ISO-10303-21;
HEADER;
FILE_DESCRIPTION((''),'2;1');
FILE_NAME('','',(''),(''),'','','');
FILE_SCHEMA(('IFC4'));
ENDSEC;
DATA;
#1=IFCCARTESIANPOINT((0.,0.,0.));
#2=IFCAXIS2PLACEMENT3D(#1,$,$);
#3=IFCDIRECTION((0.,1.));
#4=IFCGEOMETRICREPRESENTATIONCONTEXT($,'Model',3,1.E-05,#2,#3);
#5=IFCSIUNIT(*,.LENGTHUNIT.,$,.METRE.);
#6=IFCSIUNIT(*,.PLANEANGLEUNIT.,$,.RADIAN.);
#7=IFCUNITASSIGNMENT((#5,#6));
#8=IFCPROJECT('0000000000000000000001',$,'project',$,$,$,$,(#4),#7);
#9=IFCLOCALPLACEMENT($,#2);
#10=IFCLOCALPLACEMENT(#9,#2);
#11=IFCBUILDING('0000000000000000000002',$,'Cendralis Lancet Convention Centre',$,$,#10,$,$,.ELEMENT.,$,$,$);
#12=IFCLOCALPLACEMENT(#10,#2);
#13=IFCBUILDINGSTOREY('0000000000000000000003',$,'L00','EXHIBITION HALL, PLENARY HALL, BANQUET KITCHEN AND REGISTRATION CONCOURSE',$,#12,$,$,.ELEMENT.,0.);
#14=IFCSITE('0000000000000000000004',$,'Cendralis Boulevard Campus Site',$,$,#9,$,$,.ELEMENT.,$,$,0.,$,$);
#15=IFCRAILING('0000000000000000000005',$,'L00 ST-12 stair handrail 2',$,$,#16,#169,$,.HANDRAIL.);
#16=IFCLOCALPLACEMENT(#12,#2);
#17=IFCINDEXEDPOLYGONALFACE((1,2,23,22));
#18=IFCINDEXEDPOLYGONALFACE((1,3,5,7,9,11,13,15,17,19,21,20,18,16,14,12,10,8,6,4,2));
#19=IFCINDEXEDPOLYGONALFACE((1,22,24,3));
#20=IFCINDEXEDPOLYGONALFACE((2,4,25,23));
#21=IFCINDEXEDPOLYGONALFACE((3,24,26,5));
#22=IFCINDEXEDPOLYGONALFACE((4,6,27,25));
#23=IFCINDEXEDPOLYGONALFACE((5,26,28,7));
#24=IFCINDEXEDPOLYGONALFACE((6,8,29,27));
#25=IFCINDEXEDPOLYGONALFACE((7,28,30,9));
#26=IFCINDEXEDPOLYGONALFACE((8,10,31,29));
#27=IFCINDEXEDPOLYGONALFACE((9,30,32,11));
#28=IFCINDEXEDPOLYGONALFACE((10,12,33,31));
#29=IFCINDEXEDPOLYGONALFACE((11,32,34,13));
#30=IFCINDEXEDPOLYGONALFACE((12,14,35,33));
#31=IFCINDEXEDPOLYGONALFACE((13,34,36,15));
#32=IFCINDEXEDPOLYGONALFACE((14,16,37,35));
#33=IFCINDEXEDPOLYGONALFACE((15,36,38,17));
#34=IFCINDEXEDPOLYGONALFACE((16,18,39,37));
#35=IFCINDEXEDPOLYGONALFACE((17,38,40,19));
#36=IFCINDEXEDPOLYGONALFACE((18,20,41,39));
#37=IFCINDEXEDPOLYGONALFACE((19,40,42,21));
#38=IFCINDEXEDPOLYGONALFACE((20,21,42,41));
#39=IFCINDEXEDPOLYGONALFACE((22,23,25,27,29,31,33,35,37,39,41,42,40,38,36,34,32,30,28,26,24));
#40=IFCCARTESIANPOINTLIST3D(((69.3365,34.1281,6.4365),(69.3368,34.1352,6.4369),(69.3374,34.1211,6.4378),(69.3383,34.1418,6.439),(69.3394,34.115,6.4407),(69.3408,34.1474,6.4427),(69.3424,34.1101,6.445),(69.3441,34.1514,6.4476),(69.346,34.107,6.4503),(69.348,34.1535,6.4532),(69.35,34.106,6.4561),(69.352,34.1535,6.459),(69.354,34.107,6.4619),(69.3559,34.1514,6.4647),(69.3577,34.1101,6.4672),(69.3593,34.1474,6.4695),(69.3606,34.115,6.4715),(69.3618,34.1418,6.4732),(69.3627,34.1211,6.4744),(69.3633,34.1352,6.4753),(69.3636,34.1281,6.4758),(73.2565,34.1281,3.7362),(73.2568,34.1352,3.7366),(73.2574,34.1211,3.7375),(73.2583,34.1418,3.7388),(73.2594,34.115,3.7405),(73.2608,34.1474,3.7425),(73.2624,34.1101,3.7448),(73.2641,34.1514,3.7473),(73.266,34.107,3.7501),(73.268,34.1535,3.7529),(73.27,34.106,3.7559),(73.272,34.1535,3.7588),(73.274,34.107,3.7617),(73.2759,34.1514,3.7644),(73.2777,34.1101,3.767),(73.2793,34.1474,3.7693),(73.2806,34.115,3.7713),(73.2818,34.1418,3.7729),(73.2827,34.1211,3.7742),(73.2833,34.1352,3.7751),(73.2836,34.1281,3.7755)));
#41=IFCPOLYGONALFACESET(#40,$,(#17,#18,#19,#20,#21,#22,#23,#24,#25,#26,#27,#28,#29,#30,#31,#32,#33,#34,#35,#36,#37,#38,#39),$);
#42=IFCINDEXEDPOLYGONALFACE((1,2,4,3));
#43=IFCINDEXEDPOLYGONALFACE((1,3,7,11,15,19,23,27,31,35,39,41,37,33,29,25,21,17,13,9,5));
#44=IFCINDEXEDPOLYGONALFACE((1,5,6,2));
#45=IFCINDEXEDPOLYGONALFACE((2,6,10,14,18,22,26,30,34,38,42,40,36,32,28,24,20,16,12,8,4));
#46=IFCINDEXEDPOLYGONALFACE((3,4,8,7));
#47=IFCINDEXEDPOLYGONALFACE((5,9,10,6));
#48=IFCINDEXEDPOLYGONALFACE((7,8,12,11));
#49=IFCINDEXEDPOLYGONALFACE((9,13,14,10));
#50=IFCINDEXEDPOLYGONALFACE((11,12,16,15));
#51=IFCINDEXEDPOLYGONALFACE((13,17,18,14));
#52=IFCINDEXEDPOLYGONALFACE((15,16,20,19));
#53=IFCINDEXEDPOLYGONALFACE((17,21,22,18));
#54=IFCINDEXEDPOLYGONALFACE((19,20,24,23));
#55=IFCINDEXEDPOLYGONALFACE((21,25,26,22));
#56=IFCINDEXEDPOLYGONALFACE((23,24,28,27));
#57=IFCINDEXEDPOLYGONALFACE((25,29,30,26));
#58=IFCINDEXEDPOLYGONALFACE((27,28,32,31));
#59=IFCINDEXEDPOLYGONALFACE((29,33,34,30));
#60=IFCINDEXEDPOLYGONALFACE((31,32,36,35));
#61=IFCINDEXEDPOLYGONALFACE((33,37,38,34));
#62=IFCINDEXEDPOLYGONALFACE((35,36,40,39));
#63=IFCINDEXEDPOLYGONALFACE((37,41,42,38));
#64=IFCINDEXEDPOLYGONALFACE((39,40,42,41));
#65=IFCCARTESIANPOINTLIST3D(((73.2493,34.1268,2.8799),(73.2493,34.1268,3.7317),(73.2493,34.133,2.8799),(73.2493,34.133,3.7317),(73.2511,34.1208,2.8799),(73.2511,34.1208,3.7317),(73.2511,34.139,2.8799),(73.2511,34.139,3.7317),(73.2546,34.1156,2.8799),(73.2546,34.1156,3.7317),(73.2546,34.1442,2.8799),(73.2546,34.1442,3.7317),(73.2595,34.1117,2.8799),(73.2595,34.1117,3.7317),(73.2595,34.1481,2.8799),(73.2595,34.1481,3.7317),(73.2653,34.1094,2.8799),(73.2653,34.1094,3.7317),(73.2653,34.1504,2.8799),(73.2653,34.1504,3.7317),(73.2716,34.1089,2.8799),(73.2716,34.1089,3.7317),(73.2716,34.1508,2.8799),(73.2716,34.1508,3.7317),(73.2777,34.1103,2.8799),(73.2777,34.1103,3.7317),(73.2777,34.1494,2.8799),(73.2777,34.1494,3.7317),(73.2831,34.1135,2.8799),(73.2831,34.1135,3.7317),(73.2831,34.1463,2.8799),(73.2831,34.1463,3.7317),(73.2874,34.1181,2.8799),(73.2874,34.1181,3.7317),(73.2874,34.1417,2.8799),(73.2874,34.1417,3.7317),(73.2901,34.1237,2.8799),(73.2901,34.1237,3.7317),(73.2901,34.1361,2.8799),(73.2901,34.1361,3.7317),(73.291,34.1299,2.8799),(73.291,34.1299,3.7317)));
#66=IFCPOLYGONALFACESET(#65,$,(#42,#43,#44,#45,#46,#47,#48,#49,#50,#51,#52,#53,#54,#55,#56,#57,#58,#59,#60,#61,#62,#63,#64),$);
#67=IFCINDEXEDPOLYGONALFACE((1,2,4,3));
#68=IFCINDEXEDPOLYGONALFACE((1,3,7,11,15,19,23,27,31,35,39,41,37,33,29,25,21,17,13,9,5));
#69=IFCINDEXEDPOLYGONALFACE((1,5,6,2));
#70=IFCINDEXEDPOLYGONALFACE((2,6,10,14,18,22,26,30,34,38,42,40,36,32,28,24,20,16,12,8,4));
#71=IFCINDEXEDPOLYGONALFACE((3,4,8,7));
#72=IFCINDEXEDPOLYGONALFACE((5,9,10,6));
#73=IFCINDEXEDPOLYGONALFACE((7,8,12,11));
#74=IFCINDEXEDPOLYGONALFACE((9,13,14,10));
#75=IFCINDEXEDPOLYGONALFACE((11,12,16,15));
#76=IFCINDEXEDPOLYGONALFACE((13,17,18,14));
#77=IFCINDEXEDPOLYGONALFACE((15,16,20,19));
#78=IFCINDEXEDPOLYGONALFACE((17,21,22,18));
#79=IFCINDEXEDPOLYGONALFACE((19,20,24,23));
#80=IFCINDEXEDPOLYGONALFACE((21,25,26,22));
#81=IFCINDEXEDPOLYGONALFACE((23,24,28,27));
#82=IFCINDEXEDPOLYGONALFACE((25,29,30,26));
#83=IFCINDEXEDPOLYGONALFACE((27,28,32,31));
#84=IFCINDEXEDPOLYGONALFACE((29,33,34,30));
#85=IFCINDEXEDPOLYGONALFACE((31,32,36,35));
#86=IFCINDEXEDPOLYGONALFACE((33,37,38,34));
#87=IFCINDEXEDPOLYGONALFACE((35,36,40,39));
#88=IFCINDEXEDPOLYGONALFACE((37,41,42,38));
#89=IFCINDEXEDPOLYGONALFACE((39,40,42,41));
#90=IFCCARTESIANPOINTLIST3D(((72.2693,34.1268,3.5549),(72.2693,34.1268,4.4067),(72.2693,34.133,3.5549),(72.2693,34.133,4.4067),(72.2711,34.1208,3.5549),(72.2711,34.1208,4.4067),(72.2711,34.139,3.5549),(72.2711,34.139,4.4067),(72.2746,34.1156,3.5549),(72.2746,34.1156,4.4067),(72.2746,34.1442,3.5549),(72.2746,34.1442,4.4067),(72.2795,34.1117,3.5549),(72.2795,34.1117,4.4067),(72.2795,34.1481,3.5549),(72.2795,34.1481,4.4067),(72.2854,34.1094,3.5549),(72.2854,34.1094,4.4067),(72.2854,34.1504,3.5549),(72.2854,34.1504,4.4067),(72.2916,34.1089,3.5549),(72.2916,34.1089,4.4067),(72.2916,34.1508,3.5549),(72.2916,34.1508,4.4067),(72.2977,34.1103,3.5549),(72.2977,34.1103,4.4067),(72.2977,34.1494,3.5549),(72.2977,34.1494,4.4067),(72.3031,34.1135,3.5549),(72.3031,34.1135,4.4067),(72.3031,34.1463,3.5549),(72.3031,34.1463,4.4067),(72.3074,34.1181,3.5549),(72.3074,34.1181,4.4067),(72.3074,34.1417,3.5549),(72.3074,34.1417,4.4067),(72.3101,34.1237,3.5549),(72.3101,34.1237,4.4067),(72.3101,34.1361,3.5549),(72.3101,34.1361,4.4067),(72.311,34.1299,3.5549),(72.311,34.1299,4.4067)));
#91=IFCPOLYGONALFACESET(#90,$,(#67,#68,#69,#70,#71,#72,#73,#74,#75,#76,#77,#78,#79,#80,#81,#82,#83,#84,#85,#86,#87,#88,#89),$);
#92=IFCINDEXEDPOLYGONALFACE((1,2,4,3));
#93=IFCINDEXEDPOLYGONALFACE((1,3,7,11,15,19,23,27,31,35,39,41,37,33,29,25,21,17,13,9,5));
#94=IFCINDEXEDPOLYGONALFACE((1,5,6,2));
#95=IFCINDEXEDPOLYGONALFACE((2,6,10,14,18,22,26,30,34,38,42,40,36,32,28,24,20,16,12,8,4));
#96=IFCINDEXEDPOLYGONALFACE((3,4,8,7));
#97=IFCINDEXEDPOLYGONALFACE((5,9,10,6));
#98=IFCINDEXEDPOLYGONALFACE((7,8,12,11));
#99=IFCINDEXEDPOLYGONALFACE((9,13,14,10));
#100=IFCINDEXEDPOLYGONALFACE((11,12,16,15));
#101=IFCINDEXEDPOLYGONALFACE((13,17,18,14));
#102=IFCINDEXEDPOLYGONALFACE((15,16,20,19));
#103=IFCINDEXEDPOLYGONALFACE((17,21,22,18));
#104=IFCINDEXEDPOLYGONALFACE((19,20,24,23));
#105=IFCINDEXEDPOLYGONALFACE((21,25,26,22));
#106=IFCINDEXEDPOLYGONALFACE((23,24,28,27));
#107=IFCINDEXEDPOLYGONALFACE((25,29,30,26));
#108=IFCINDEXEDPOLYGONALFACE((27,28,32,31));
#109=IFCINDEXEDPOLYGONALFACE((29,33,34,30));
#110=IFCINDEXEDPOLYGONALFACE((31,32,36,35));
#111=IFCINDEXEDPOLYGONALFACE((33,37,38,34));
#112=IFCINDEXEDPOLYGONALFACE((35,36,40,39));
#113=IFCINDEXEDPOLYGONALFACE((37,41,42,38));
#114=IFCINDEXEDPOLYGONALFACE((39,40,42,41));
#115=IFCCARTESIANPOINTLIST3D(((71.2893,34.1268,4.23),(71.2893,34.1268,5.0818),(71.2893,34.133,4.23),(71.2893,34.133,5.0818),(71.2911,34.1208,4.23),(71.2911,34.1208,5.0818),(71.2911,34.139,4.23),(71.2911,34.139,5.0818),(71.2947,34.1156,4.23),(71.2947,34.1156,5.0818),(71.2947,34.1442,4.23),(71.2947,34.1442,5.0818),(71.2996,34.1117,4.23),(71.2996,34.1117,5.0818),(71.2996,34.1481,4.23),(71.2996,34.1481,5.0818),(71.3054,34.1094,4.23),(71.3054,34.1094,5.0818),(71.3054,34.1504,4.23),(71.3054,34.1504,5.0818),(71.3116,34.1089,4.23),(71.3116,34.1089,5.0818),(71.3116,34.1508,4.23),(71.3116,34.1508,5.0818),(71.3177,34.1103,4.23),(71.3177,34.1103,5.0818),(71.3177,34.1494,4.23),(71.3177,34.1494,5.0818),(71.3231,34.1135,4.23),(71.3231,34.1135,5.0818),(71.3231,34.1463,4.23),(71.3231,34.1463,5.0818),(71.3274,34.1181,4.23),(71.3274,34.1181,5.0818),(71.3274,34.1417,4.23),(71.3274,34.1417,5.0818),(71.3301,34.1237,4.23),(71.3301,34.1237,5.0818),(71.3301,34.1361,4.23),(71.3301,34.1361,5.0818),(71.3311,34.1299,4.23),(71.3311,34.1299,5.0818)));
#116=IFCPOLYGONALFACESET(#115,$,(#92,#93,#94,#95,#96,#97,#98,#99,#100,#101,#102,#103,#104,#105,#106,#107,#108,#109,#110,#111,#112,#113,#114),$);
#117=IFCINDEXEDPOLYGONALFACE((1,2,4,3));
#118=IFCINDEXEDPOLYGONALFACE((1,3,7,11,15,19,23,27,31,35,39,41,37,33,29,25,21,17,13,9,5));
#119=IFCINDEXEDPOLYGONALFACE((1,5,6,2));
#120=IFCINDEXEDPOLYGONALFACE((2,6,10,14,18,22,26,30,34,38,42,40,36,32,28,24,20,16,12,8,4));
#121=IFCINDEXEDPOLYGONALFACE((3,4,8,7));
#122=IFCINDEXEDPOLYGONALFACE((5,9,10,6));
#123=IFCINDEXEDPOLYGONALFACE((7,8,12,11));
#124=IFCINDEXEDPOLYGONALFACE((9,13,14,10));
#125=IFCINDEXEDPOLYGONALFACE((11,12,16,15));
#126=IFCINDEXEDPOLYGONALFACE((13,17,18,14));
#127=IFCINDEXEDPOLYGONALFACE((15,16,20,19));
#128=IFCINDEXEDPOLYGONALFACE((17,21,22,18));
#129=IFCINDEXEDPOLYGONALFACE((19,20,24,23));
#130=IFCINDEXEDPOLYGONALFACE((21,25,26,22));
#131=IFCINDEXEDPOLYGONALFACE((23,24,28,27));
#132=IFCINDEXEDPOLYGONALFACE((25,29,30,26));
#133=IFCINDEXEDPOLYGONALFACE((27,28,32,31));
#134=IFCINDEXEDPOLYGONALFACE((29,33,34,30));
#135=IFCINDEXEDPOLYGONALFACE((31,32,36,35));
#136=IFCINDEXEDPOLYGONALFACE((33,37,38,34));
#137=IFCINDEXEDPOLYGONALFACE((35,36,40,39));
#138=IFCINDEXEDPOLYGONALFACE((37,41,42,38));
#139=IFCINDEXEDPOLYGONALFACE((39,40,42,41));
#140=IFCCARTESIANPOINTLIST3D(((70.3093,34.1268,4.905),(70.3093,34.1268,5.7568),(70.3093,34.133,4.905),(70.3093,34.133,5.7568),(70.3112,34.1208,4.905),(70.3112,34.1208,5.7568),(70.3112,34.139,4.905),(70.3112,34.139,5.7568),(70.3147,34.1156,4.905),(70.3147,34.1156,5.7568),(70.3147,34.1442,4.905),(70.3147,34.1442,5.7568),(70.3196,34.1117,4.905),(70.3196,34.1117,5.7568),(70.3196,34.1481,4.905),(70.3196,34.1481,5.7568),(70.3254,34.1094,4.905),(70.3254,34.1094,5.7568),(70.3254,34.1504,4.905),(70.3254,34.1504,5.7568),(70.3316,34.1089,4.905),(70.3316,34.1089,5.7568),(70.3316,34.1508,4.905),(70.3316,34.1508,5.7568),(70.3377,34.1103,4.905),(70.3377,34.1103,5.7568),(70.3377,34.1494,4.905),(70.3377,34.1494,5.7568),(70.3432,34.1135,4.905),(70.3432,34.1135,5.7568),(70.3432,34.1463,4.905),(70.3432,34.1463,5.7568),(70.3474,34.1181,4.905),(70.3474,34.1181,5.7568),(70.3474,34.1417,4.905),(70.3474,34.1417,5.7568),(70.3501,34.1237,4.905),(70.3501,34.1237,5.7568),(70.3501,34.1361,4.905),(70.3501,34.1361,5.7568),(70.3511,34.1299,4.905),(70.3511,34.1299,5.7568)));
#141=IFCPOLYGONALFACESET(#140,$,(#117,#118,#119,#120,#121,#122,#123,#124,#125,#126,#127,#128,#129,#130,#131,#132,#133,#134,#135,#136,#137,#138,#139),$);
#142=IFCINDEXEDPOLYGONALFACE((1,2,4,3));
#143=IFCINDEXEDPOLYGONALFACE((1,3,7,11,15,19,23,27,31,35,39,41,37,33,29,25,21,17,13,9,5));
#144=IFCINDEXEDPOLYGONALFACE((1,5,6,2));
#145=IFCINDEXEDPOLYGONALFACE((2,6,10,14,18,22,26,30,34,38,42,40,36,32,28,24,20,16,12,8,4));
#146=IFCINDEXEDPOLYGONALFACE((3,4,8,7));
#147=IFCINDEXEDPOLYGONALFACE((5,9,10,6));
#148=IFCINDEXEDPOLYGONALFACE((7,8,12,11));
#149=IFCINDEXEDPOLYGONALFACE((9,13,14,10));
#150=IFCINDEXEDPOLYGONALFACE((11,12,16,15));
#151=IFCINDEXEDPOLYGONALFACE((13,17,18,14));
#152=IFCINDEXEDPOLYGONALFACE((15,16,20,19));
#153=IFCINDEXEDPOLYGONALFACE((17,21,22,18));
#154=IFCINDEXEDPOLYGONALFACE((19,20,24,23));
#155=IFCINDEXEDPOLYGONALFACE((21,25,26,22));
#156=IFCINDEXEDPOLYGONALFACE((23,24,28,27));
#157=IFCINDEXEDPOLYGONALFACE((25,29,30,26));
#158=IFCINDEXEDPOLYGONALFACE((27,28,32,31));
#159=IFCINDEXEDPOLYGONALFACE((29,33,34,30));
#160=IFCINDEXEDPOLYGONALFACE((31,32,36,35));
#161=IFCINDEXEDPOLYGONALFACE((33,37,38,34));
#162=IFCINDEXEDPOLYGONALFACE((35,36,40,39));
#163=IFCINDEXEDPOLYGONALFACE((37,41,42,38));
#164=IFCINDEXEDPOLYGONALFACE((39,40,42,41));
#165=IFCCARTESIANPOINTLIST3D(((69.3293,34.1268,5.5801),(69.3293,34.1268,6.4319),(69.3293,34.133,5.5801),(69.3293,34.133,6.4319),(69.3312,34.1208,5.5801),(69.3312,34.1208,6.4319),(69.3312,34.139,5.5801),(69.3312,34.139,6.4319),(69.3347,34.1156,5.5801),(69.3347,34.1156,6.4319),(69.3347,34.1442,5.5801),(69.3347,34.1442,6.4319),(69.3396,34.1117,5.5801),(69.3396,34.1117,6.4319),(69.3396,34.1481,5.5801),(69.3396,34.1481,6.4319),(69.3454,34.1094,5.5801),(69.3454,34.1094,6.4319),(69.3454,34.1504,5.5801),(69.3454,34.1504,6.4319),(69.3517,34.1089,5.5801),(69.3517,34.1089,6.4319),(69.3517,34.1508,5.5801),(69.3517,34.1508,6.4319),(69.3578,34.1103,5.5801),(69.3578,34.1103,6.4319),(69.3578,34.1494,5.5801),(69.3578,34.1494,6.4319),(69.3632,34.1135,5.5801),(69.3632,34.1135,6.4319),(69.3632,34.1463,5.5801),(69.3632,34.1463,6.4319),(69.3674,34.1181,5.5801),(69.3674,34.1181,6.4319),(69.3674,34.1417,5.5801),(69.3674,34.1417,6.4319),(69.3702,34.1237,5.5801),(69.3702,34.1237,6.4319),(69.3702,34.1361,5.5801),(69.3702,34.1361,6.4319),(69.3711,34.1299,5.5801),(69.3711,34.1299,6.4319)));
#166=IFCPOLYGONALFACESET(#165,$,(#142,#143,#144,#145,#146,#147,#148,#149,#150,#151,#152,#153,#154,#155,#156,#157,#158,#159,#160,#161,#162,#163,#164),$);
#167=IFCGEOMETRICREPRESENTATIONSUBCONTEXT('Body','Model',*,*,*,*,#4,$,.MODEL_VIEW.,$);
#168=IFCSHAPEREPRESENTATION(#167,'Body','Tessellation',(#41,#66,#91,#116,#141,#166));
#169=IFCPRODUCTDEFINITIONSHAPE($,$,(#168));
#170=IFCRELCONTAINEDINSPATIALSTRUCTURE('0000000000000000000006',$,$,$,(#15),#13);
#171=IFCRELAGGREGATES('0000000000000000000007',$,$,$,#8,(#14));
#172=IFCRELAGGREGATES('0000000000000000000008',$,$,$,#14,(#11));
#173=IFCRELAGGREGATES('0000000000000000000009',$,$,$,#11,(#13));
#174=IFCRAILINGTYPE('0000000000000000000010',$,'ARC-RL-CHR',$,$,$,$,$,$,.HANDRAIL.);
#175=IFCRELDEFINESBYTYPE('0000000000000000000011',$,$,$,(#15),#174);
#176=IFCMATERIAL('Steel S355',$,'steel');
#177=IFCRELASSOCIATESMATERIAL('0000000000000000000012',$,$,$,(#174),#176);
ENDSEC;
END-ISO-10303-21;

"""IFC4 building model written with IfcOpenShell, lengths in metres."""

from ifc_helpers import new_model, si_unit, direction, frame, origin, origin_2d, place, context, subcontext, project, spatial, circle, extrude, material, type_object, element, save


model = new_model("IFC4")

# Units and contexts
model_context = context("Model", 3, precision=1e-05, world=origin(), true_north=direction((0.0, 1.0)))
body_context = subcontext(model_context, "Body", "Model", "MODEL_VIEW")
ifc_project = project(units=[si_unit("LENGTHUNIT", "METRE"), si_unit("PLANEANGLEUNIT", "RADIAN")], contexts=[model_context])

# Site, building, storey
site_placement = place(None, origin())
site = spatial("IfcSite", under=ifc_project, at=site_placement, Name="Cendralis Boulevard Campus Site", CompositionType="ELEMENT", RefElevation=0.0)
building_placement = place(site_placement, origin())
building = spatial("IfcBuilding", under=site, at=building_placement, Name="Cendralis Lancet Convention Centre", CompositionType="ELEMENT")
storey_placement = place(building_placement, origin())
storey = spatial("IfcBuildingStorey", under=building, at=storey_placement, Name="L00", Description="EXHIBITION HALL, PLENARY HALL, BANQUET KITCHEN AND REGISTRATION CONCOURSE", CompositionType="ELEMENT", Elevation=0.0)

# Shared definitions
ifc_material_1 = material(Name="Steel S355", Category="steel")

# Railing
railing_type_1 = type_object("IfcRailingType", Name="ARC-RL-CHR", PredefinedType="HANDRAIL", material=ifc_material_1)
railing_1_placement = place(storey_placement, frame((73.27, 34.1299, 2.8799)))
element("IfcRailing", 1, at=railing_1_placement, inside=storey, type_object=railing_type_1, Name="L00 ST-12 stair handrail 2", PredefinedType="HANDRAIL", context=body_context, shape_type="SweptSolid", body=[
    extrude(circle(Radius=0.0239, at=origin_2d()), frame((0.0, 0.0, 0.876), z_axis=(-0.823527, 0.0, 0.567277), x_axis=(0.0, -1.0, 0.0)), (0.0, 0.0, 1.0), 4.76),
    extrude(circle(Radius=0.021, at=origin_2d()), origin(), (0.0, 0.0, 1.0), 0.8518),
    extrude(circle(Radius=0.021, at=origin_2d()), frame((-0.98, 0.0, 0.675)), (0.0, 0.0, 1.0), 0.8518),
    extrude(circle(Radius=0.021, at=origin_2d()), frame((-1.96, 0.0, 1.3501)), (0.0, 0.0, 1.0), 0.8518),
    extrude(circle(Radius=0.021, at=origin_2d()), frame((-2.9399, 0.0, 2.0251)), (0.0, 0.0, 1.0), 0.8518),
    extrude(circle(Radius=0.021, at=origin_2d()), frame((-3.9199, 0.0, 2.7002)), (0.0, 0.0, 1.0), 0.8518),
])

save(model, "model.ifc")
